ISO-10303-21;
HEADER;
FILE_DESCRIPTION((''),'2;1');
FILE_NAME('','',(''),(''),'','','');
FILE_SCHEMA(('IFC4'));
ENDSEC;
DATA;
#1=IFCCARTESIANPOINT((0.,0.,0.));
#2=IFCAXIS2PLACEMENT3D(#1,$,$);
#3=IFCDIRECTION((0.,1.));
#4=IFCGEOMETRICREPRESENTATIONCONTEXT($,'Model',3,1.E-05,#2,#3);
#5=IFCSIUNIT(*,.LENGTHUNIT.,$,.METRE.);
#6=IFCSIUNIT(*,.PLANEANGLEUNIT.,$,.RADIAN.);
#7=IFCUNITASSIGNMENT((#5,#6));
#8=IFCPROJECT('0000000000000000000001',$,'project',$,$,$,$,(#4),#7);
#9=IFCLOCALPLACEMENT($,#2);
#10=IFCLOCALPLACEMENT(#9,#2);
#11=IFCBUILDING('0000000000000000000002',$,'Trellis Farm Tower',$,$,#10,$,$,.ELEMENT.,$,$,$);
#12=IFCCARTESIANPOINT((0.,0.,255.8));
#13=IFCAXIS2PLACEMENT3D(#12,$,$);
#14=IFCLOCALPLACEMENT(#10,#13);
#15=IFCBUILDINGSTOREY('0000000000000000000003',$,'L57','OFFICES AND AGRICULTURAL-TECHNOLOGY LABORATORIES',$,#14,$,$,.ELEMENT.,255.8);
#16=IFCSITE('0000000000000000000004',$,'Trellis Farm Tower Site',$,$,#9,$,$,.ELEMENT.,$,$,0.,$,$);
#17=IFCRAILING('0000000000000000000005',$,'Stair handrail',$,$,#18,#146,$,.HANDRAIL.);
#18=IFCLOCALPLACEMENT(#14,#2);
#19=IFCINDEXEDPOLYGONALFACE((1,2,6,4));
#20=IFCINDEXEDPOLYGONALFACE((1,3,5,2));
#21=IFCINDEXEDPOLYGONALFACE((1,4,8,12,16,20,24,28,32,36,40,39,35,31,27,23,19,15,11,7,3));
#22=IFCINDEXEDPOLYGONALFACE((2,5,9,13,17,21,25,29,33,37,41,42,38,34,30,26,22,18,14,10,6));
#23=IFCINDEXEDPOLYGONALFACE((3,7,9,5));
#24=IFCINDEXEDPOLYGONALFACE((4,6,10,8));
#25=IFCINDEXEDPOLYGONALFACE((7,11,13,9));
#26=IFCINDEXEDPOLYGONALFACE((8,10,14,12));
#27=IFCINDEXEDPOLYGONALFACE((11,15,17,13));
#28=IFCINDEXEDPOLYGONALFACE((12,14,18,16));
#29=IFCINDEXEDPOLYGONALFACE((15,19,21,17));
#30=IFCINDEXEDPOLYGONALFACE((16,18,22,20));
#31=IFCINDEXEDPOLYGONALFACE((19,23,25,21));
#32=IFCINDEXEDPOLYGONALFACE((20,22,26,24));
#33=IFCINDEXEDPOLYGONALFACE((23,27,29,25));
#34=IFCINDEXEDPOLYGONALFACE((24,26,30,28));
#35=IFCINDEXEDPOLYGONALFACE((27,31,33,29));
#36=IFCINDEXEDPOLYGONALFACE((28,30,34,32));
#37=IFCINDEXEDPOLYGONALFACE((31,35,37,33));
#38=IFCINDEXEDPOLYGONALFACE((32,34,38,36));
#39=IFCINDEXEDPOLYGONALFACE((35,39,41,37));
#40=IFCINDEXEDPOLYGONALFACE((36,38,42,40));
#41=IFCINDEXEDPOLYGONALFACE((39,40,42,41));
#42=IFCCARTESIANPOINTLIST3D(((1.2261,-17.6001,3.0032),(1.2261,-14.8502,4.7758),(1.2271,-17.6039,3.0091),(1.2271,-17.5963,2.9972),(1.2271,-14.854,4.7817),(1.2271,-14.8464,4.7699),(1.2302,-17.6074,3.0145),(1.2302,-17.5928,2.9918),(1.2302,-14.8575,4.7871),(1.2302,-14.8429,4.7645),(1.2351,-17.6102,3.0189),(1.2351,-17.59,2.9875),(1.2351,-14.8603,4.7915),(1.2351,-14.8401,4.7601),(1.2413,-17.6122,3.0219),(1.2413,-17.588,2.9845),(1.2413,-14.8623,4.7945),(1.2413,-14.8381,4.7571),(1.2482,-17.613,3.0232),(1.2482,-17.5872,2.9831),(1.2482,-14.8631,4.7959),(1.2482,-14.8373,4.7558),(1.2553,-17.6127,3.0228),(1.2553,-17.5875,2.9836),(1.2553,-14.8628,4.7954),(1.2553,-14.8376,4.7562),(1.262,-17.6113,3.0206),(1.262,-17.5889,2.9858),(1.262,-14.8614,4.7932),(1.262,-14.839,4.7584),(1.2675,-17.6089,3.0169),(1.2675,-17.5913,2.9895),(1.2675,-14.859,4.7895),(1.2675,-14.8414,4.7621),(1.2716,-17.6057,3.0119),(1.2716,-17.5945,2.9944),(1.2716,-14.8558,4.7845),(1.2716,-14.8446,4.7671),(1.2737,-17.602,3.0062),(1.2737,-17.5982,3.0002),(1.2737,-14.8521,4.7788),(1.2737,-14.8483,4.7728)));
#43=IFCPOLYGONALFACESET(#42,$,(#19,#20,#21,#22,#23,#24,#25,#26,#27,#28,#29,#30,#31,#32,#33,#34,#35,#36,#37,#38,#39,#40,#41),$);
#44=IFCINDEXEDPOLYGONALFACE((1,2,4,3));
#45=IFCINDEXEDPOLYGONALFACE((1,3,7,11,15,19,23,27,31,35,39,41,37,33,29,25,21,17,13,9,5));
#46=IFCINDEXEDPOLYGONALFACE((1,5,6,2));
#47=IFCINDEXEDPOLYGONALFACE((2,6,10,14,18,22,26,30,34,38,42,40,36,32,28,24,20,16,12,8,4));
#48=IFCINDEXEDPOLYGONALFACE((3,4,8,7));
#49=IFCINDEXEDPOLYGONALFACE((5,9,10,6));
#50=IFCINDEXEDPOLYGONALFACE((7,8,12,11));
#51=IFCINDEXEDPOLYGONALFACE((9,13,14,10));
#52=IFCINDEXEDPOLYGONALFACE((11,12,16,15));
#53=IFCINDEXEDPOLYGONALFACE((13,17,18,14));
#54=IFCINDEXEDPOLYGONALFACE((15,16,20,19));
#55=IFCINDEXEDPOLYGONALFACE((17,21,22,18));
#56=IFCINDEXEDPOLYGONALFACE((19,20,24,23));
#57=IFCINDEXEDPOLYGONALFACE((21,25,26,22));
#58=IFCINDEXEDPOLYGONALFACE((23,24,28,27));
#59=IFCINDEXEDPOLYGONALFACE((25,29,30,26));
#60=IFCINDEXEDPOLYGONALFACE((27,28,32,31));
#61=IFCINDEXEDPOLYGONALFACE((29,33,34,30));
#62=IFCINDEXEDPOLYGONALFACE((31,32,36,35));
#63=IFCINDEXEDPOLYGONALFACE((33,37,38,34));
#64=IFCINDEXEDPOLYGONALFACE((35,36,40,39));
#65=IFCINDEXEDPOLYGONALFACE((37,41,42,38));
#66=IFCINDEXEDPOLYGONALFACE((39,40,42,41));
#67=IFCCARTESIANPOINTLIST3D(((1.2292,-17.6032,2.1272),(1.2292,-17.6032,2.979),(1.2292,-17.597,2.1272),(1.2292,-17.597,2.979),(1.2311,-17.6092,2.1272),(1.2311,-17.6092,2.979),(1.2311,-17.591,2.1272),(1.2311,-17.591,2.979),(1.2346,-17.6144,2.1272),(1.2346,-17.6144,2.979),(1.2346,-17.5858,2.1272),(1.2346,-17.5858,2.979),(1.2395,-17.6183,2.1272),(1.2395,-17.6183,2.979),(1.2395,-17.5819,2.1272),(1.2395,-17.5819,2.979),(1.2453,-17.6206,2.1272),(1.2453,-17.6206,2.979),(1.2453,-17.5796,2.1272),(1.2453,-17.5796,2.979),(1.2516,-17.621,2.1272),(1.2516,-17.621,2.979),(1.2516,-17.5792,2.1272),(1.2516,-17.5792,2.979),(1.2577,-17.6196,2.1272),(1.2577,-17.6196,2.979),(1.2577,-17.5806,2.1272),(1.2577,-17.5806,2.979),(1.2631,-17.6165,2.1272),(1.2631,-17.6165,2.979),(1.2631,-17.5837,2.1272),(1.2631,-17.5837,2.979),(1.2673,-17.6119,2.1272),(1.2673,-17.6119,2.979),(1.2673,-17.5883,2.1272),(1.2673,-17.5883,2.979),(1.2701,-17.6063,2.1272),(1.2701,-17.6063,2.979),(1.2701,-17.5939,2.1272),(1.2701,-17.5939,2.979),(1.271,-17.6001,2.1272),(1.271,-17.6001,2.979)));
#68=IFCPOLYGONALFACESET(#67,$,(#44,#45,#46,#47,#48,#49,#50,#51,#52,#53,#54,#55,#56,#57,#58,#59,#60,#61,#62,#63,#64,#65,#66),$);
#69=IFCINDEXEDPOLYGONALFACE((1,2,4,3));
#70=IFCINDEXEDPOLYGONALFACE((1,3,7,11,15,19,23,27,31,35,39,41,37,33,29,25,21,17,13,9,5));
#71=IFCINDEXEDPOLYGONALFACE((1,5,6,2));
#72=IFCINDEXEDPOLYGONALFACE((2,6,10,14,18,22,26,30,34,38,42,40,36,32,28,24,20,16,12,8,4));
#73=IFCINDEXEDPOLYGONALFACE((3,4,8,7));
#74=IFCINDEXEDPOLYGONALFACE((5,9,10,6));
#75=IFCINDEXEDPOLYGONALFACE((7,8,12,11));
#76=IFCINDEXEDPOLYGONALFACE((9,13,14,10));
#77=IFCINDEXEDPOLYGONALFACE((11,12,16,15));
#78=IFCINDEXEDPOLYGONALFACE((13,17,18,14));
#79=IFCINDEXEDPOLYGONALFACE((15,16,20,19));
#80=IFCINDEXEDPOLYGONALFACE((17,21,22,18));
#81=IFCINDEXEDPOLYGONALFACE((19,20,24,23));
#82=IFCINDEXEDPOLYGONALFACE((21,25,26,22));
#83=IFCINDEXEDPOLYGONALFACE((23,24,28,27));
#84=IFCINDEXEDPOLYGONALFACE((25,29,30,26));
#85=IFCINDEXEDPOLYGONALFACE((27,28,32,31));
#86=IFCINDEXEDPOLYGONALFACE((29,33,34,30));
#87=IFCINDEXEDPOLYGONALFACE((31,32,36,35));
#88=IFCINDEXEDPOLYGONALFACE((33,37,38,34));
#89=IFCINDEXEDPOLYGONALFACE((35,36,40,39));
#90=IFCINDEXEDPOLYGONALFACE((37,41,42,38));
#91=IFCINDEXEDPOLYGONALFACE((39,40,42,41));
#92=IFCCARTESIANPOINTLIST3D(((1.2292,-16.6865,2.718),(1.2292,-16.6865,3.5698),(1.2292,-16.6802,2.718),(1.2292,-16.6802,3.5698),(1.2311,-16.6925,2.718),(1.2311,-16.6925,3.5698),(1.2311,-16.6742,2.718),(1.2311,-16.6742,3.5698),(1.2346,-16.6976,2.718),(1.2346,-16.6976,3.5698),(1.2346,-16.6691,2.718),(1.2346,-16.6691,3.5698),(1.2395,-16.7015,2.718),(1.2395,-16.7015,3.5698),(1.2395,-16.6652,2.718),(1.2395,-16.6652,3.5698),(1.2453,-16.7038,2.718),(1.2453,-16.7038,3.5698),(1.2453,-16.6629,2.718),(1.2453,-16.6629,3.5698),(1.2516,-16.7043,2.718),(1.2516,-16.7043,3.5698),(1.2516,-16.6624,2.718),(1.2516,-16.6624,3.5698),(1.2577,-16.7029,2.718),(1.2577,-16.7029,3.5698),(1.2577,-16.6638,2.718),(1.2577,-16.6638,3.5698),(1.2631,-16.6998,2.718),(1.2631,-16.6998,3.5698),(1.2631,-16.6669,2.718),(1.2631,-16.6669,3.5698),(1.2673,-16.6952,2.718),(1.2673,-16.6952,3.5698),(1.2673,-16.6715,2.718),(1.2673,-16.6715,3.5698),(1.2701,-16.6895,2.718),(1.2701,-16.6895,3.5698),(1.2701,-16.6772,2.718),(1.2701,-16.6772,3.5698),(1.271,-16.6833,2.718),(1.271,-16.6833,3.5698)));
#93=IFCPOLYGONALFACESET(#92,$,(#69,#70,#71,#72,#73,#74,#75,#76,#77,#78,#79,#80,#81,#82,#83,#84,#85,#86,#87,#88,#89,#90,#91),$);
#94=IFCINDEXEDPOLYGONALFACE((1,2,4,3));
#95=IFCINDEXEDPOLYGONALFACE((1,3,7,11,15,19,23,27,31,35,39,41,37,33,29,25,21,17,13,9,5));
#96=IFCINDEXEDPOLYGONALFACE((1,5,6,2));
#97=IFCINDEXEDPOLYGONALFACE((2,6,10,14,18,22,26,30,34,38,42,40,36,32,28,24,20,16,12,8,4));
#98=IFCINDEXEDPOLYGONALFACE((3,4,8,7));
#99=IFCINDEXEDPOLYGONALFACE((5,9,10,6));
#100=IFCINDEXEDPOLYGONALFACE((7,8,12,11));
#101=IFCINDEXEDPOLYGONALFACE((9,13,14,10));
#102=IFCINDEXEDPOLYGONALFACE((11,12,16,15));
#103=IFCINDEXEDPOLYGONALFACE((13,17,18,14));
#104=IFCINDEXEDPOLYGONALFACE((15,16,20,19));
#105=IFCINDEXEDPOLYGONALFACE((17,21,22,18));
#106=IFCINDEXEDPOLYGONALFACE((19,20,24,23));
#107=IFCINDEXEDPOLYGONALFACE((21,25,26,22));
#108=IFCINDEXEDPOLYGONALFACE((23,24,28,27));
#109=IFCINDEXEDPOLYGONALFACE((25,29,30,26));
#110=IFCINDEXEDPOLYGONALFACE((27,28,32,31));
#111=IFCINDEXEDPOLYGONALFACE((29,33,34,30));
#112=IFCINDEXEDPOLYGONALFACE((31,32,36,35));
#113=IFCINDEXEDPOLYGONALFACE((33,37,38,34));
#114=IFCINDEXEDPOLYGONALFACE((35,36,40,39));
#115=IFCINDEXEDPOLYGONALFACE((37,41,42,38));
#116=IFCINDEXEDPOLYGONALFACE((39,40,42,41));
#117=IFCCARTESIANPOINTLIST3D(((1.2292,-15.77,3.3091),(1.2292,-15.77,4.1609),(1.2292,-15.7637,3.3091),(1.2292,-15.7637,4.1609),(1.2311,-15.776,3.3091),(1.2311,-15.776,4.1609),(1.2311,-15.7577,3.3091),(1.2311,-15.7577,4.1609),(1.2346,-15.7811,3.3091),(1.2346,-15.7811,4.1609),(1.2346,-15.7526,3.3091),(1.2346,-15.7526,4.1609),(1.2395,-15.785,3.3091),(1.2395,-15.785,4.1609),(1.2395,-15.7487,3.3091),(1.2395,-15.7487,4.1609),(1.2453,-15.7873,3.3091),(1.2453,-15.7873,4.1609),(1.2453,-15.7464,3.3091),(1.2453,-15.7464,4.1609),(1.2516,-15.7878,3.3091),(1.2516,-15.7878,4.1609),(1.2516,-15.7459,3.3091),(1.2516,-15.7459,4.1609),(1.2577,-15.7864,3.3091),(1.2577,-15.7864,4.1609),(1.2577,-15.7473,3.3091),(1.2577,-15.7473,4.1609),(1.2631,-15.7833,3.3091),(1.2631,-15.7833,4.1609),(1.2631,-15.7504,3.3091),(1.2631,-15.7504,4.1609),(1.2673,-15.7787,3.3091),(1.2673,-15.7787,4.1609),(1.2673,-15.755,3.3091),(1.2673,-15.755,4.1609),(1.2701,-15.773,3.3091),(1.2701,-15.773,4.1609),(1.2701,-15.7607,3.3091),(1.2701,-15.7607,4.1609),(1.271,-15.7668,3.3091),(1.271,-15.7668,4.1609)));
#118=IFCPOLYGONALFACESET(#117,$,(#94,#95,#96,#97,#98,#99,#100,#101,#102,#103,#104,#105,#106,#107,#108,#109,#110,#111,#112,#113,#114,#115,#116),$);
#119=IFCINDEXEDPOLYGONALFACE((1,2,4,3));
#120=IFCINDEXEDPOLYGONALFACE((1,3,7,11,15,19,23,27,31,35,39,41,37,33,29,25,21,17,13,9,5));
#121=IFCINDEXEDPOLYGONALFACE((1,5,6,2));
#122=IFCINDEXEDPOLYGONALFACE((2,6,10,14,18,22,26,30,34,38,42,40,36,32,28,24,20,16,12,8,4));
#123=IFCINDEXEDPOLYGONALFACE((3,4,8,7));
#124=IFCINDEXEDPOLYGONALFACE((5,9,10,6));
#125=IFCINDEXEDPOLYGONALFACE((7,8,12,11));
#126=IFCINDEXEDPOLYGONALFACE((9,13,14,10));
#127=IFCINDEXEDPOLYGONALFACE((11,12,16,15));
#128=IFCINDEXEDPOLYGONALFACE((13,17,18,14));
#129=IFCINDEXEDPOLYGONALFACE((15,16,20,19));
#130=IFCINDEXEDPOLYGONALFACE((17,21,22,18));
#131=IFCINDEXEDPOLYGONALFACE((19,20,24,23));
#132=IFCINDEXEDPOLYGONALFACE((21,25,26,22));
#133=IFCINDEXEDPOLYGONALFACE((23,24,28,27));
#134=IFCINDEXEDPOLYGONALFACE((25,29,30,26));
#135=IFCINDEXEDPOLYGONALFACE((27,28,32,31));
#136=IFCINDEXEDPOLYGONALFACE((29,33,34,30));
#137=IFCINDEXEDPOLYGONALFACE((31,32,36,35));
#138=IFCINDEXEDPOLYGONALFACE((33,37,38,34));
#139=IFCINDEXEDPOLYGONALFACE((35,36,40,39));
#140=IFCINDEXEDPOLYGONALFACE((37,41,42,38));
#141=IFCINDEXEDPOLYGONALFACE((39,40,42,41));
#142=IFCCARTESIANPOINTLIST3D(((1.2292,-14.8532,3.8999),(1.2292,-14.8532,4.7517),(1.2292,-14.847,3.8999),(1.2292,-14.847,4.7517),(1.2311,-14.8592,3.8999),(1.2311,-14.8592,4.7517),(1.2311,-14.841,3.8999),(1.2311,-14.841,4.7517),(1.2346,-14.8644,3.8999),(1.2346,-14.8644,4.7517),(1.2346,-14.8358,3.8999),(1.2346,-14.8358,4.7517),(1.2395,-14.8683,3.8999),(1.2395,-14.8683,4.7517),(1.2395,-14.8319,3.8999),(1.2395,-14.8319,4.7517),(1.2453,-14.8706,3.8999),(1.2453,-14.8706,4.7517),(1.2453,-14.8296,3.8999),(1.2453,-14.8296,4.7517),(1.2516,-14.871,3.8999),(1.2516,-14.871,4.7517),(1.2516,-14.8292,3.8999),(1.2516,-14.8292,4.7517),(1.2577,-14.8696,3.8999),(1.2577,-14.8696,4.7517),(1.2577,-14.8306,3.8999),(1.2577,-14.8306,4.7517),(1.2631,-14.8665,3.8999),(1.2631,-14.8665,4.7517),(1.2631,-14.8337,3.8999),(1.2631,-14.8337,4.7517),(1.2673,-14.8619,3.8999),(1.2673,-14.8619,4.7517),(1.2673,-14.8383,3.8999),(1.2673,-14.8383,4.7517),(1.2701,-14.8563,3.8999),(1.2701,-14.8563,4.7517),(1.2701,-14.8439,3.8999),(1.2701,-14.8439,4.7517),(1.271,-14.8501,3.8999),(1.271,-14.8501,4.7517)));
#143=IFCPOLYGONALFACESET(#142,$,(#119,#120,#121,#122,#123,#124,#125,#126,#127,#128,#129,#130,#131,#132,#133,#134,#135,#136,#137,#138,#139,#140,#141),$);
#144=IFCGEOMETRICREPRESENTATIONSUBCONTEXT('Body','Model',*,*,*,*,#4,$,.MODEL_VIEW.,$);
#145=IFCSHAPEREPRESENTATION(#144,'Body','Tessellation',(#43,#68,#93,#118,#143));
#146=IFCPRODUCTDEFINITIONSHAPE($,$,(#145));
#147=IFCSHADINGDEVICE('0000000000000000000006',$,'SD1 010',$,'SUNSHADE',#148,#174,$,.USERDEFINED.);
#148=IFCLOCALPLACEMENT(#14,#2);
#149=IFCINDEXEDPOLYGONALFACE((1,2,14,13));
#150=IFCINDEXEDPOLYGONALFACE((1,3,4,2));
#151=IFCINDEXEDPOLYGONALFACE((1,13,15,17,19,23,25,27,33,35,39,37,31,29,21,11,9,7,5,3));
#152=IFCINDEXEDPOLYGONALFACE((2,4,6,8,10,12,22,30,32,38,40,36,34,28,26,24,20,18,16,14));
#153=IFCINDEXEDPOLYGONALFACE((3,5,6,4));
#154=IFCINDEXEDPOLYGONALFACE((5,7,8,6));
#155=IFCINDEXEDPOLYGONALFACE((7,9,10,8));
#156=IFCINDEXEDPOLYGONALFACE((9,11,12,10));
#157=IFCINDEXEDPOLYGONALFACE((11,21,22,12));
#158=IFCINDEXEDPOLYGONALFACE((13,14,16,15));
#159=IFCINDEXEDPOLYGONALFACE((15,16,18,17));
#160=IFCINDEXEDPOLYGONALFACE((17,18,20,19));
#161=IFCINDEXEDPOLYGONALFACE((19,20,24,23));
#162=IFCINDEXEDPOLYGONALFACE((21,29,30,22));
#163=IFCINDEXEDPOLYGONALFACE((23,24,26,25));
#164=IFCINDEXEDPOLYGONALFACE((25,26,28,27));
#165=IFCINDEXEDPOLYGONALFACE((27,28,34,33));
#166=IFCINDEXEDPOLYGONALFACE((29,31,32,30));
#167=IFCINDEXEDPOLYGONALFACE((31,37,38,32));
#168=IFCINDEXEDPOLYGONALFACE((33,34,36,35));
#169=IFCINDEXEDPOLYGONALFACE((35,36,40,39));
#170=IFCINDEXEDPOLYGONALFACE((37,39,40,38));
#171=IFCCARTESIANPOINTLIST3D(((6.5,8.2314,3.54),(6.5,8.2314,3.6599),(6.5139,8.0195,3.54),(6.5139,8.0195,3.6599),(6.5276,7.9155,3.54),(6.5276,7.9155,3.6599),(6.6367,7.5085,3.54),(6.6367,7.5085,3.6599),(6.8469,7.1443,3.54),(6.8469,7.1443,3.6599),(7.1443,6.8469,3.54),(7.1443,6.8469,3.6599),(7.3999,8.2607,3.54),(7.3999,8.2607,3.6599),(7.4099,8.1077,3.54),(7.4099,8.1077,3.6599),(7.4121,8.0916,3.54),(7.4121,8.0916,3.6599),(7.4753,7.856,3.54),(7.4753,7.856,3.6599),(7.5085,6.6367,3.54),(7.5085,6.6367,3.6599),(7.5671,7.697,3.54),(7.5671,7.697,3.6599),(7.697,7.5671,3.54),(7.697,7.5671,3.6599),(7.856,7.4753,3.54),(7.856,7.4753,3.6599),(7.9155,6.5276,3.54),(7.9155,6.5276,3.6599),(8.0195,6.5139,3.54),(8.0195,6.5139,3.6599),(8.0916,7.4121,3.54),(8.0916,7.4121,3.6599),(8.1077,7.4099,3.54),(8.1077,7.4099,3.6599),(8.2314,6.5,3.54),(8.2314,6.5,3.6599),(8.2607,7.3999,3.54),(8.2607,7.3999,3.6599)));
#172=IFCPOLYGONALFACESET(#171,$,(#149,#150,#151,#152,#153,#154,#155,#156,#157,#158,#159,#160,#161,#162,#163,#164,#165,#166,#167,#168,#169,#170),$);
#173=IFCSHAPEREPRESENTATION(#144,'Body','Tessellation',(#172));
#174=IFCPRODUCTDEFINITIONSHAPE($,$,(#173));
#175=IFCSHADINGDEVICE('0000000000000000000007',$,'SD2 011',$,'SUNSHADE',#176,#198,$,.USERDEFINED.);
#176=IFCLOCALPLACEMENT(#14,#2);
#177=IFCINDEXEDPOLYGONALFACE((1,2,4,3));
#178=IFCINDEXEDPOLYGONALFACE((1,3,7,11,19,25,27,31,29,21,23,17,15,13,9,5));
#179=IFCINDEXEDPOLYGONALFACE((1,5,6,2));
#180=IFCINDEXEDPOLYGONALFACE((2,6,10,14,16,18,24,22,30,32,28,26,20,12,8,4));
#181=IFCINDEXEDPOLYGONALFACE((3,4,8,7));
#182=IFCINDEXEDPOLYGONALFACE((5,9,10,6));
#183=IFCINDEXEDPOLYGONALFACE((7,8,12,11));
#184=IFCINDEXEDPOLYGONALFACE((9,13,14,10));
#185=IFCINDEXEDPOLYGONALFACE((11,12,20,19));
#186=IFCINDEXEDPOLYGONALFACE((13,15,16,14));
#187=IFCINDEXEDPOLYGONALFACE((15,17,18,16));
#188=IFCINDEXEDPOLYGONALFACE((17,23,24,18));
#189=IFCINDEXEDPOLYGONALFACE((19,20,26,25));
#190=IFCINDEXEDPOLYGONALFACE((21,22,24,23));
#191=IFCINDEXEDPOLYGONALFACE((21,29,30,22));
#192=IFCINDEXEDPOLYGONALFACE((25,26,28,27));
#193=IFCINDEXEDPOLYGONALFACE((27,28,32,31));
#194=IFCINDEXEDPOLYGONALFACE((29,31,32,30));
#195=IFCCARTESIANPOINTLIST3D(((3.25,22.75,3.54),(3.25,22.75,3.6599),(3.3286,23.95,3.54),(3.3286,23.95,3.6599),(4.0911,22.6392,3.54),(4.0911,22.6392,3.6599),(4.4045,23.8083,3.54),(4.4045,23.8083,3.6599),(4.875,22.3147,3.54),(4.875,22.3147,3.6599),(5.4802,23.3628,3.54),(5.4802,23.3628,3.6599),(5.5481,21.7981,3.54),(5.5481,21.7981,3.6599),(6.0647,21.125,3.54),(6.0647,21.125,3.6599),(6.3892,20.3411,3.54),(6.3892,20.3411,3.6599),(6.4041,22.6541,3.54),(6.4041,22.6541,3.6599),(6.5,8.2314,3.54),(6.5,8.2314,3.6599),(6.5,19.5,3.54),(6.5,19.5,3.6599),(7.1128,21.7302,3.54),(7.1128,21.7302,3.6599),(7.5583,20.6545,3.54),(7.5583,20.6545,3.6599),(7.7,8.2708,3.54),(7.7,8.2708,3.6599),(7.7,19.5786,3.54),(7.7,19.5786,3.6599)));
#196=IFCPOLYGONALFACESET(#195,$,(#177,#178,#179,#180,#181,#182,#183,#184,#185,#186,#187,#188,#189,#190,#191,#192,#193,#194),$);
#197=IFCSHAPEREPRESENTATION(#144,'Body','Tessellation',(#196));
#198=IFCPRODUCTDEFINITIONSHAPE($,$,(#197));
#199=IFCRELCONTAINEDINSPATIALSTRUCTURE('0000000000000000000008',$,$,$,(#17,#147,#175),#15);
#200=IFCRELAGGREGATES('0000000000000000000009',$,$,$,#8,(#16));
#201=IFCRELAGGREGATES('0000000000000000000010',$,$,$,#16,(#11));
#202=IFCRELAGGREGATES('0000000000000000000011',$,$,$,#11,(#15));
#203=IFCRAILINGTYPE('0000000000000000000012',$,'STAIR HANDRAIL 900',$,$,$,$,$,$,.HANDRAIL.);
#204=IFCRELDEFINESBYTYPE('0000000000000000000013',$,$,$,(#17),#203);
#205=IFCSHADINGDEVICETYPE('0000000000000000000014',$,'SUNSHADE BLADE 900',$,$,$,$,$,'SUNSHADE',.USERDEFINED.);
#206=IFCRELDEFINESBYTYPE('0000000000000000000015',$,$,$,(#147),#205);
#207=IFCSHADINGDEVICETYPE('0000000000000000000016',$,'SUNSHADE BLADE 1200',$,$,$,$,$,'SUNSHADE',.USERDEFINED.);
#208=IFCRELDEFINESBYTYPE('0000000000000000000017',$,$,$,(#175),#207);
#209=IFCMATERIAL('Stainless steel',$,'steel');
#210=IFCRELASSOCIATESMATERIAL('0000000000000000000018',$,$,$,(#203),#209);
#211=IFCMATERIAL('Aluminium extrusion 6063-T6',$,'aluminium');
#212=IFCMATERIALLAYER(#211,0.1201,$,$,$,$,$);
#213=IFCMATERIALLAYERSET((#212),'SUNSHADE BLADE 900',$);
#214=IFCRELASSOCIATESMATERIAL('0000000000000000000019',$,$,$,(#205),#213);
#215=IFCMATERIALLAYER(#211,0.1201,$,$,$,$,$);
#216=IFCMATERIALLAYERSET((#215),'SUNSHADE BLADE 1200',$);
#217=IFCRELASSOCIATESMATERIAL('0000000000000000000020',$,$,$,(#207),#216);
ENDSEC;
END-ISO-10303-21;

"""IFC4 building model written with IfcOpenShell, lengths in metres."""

from ifc_helpers import new_model, si_unit, direction, frame, origin, origin_2d, place, context, subcontext, project, spatial, polyline, circle, outline, extrude, source, transform, mapped, material, layer, layer_set, type_object, element, save


model = new_model("IFC4")

# Units and contexts
model_context = context("Model", 3, precision=1e-05, world=origin(), true_north=direction((0.0, 1.0)))
body_context = subcontext(model_context, "Body", "Model", "MODEL_VIEW")
ifc_project = project(units=[si_unit("LENGTHUNIT", "METRE"), si_unit("PLANEANGLEUNIT", "RADIAN")], contexts=[model_context])

# Site, building, storey
site_placement = place(None, origin())
site = spatial("IfcSite", under=ifc_project, at=site_placement, Name="Trellis Farm Tower Site", CompositionType="ELEMENT", RefElevation=0.0)
building_placement = place(site_placement, origin())
building = spatial("IfcBuilding", under=site, at=building_placement, Name="Trellis Farm Tower", CompositionType="ELEMENT")
storey_placement = place(building_placement, frame((0.0, 0.0, 255.8)))
storey = spatial("IfcBuildingStorey", under=building, at=storey_placement, Name="L57", Description="OFFICES AND AGRICULTURAL-TECHNOLOGY LABORATORIES", CompositionType="ELEMENT", Elevation=255.8)

# Shared definitions
ifc_material_1 = material(Name="Aluminium extrusion 6063-T6", Category="aluminium")

# Railing
ifc_material_2 = material(Name="Stainless steel", Category="steel")
railing_type = type_object("IfcRailingType", Name="STAIR HANDRAIL 900", PredefinedType="HANDRAIL", material=ifc_material_2)
shared_shape_1 = source(origin(), body_context, "Body", "SweptSolid", [
    extrude(circle(Radius=0.0239, at=origin_2d()), frame((0.0, 0.0, 0.876), z_axis=(0.0, 0.840504, 0.541806), x_axis=(-1.0, 0.0, 0.0)), (0.0, 0.0, 1.0), 3.2717),
    extrude(circle(Radius=0.021, at=origin_2d()), origin(), (0.0, 0.0, 1.0), 0.8518),
    extrude(circle(Radius=0.021, at=origin_2d()), frame((0.0, 0.9167, 0.5908)), (0.0, 0.0, 1.0), 0.8518),
    extrude(circle(Radius=0.021, at=origin_2d()), frame((0.0, 1.8333, 1.1819)), (0.0, 0.0, 1.0), 0.8518),
    extrude(circle(Radius=0.021, at=origin_2d()), frame((0.0, 2.75, 1.7727)), (0.0, 0.0, 1.0), 0.8518),
])
railing_placement = place(storey_placement, frame((1.25, -17.6001, 2.1272)))
element("IfcRailing", 1, at=railing_placement, inside=storey, type_object=railing_type, Name="Stair handrail", PredefinedType="HANDRAIL", context=body_context, shape_type="MappedRepresentation", body=[
    mapped(shared_shape_1, transform((0.0, 0.0, 0.0))),
])

# Shading devices
ifc_layer_1 = layer(ifc_material_1, 0.1201)
ifc_layer_set_1 = layer_set([ifc_layer_1], Name="SUNSHADE BLADE 900")
shading_device_type_1 = type_object("IfcShadingDeviceType", Name="SUNSHADE BLADE 900", ElementType="SUNSHADE", PredefinedType="USERDEFINED", material=ifc_layer_set_1)
shared_shape_2 = source(origin(), body_context, "Body", "SweptSolid", [
    extrude(outline(polyline([(8.2607, 7.3999), (8.1077, 7.4099), (8.0916, 7.4121), (7.856, 7.4753), (7.697, 7.5671), (7.5671, 7.697), (7.4753, 7.856), (7.4121, 8.0916), (7.4099, 8.1077), (7.3999, 8.2607), (6.5, 8.2314), (6.5139, 8.0195), (6.5276, 7.9155), (6.6367, 7.5085), (6.8469, 7.1443), (7.1443, 6.8469), (7.5085, 6.6367), (7.9155, 6.5276), (8.0195, 6.5139), (8.2314, 6.5), (8.2607, 7.3999)])), origin(), (0.0, 0.0, 1.0), 0.1199),
])
placement_1 = place(storey_placement, frame((0.0, 0.0, 3.54)))
element("IfcShadingDevice", 2, at=placement_1, inside=storey, type_object=shading_device_type_1, Name="SD1 010", ObjectType="SUNSHADE", PredefinedType="USERDEFINED", context=body_context, shape_type="MappedRepresentation", body=[
    mapped(shared_shape_2, transform((0.0, 0.0, 0.0))),
])
ifc_layer_2 = layer(ifc_material_1, 0.1201)
ifc_layer_set_2 = layer_set([ifc_layer_2], Name="SUNSHADE BLADE 1200")
shading_device_type_2 = type_object("IfcShadingDeviceType", Name="SUNSHADE BLADE 1200", ElementType="SUNSHADE", PredefinedType="USERDEFINED", material=ifc_layer_set_2)
shared_shape_3 = source(origin(), body_context, "Body", "SweptSolid", [
    extrude(outline(polyline([(7.7, 8.2708), (7.7, 19.5786), (7.5583, 20.6545), (7.1128, 21.7302), (6.4041, 22.6541), (5.4802, 23.3628), (4.4045, 23.8083), (3.3286, 23.95), (3.25, 22.75), (4.0911, 22.6392), (4.875, 22.3147), (5.5481, 21.7981), (6.0647, 21.125), (6.3892, 20.3411), (6.5, 19.5), (6.5, 8.2314), (7.7, 8.2708)])), origin(), (0.0, 0.0, 1.0), 0.1199),
])
element("IfcShadingDevice", 3, at=placement_1, inside=storey, type_object=shading_device_type_2, Name="SD2 011", ObjectType="SUNSHADE", PredefinedType="USERDEFINED", context=body_context, shape_type="MappedRepresentation", body=[
    mapped(shared_shape_3, transform((0.0, 0.0, 0.0))),
])

save(model, "model.ifc")
